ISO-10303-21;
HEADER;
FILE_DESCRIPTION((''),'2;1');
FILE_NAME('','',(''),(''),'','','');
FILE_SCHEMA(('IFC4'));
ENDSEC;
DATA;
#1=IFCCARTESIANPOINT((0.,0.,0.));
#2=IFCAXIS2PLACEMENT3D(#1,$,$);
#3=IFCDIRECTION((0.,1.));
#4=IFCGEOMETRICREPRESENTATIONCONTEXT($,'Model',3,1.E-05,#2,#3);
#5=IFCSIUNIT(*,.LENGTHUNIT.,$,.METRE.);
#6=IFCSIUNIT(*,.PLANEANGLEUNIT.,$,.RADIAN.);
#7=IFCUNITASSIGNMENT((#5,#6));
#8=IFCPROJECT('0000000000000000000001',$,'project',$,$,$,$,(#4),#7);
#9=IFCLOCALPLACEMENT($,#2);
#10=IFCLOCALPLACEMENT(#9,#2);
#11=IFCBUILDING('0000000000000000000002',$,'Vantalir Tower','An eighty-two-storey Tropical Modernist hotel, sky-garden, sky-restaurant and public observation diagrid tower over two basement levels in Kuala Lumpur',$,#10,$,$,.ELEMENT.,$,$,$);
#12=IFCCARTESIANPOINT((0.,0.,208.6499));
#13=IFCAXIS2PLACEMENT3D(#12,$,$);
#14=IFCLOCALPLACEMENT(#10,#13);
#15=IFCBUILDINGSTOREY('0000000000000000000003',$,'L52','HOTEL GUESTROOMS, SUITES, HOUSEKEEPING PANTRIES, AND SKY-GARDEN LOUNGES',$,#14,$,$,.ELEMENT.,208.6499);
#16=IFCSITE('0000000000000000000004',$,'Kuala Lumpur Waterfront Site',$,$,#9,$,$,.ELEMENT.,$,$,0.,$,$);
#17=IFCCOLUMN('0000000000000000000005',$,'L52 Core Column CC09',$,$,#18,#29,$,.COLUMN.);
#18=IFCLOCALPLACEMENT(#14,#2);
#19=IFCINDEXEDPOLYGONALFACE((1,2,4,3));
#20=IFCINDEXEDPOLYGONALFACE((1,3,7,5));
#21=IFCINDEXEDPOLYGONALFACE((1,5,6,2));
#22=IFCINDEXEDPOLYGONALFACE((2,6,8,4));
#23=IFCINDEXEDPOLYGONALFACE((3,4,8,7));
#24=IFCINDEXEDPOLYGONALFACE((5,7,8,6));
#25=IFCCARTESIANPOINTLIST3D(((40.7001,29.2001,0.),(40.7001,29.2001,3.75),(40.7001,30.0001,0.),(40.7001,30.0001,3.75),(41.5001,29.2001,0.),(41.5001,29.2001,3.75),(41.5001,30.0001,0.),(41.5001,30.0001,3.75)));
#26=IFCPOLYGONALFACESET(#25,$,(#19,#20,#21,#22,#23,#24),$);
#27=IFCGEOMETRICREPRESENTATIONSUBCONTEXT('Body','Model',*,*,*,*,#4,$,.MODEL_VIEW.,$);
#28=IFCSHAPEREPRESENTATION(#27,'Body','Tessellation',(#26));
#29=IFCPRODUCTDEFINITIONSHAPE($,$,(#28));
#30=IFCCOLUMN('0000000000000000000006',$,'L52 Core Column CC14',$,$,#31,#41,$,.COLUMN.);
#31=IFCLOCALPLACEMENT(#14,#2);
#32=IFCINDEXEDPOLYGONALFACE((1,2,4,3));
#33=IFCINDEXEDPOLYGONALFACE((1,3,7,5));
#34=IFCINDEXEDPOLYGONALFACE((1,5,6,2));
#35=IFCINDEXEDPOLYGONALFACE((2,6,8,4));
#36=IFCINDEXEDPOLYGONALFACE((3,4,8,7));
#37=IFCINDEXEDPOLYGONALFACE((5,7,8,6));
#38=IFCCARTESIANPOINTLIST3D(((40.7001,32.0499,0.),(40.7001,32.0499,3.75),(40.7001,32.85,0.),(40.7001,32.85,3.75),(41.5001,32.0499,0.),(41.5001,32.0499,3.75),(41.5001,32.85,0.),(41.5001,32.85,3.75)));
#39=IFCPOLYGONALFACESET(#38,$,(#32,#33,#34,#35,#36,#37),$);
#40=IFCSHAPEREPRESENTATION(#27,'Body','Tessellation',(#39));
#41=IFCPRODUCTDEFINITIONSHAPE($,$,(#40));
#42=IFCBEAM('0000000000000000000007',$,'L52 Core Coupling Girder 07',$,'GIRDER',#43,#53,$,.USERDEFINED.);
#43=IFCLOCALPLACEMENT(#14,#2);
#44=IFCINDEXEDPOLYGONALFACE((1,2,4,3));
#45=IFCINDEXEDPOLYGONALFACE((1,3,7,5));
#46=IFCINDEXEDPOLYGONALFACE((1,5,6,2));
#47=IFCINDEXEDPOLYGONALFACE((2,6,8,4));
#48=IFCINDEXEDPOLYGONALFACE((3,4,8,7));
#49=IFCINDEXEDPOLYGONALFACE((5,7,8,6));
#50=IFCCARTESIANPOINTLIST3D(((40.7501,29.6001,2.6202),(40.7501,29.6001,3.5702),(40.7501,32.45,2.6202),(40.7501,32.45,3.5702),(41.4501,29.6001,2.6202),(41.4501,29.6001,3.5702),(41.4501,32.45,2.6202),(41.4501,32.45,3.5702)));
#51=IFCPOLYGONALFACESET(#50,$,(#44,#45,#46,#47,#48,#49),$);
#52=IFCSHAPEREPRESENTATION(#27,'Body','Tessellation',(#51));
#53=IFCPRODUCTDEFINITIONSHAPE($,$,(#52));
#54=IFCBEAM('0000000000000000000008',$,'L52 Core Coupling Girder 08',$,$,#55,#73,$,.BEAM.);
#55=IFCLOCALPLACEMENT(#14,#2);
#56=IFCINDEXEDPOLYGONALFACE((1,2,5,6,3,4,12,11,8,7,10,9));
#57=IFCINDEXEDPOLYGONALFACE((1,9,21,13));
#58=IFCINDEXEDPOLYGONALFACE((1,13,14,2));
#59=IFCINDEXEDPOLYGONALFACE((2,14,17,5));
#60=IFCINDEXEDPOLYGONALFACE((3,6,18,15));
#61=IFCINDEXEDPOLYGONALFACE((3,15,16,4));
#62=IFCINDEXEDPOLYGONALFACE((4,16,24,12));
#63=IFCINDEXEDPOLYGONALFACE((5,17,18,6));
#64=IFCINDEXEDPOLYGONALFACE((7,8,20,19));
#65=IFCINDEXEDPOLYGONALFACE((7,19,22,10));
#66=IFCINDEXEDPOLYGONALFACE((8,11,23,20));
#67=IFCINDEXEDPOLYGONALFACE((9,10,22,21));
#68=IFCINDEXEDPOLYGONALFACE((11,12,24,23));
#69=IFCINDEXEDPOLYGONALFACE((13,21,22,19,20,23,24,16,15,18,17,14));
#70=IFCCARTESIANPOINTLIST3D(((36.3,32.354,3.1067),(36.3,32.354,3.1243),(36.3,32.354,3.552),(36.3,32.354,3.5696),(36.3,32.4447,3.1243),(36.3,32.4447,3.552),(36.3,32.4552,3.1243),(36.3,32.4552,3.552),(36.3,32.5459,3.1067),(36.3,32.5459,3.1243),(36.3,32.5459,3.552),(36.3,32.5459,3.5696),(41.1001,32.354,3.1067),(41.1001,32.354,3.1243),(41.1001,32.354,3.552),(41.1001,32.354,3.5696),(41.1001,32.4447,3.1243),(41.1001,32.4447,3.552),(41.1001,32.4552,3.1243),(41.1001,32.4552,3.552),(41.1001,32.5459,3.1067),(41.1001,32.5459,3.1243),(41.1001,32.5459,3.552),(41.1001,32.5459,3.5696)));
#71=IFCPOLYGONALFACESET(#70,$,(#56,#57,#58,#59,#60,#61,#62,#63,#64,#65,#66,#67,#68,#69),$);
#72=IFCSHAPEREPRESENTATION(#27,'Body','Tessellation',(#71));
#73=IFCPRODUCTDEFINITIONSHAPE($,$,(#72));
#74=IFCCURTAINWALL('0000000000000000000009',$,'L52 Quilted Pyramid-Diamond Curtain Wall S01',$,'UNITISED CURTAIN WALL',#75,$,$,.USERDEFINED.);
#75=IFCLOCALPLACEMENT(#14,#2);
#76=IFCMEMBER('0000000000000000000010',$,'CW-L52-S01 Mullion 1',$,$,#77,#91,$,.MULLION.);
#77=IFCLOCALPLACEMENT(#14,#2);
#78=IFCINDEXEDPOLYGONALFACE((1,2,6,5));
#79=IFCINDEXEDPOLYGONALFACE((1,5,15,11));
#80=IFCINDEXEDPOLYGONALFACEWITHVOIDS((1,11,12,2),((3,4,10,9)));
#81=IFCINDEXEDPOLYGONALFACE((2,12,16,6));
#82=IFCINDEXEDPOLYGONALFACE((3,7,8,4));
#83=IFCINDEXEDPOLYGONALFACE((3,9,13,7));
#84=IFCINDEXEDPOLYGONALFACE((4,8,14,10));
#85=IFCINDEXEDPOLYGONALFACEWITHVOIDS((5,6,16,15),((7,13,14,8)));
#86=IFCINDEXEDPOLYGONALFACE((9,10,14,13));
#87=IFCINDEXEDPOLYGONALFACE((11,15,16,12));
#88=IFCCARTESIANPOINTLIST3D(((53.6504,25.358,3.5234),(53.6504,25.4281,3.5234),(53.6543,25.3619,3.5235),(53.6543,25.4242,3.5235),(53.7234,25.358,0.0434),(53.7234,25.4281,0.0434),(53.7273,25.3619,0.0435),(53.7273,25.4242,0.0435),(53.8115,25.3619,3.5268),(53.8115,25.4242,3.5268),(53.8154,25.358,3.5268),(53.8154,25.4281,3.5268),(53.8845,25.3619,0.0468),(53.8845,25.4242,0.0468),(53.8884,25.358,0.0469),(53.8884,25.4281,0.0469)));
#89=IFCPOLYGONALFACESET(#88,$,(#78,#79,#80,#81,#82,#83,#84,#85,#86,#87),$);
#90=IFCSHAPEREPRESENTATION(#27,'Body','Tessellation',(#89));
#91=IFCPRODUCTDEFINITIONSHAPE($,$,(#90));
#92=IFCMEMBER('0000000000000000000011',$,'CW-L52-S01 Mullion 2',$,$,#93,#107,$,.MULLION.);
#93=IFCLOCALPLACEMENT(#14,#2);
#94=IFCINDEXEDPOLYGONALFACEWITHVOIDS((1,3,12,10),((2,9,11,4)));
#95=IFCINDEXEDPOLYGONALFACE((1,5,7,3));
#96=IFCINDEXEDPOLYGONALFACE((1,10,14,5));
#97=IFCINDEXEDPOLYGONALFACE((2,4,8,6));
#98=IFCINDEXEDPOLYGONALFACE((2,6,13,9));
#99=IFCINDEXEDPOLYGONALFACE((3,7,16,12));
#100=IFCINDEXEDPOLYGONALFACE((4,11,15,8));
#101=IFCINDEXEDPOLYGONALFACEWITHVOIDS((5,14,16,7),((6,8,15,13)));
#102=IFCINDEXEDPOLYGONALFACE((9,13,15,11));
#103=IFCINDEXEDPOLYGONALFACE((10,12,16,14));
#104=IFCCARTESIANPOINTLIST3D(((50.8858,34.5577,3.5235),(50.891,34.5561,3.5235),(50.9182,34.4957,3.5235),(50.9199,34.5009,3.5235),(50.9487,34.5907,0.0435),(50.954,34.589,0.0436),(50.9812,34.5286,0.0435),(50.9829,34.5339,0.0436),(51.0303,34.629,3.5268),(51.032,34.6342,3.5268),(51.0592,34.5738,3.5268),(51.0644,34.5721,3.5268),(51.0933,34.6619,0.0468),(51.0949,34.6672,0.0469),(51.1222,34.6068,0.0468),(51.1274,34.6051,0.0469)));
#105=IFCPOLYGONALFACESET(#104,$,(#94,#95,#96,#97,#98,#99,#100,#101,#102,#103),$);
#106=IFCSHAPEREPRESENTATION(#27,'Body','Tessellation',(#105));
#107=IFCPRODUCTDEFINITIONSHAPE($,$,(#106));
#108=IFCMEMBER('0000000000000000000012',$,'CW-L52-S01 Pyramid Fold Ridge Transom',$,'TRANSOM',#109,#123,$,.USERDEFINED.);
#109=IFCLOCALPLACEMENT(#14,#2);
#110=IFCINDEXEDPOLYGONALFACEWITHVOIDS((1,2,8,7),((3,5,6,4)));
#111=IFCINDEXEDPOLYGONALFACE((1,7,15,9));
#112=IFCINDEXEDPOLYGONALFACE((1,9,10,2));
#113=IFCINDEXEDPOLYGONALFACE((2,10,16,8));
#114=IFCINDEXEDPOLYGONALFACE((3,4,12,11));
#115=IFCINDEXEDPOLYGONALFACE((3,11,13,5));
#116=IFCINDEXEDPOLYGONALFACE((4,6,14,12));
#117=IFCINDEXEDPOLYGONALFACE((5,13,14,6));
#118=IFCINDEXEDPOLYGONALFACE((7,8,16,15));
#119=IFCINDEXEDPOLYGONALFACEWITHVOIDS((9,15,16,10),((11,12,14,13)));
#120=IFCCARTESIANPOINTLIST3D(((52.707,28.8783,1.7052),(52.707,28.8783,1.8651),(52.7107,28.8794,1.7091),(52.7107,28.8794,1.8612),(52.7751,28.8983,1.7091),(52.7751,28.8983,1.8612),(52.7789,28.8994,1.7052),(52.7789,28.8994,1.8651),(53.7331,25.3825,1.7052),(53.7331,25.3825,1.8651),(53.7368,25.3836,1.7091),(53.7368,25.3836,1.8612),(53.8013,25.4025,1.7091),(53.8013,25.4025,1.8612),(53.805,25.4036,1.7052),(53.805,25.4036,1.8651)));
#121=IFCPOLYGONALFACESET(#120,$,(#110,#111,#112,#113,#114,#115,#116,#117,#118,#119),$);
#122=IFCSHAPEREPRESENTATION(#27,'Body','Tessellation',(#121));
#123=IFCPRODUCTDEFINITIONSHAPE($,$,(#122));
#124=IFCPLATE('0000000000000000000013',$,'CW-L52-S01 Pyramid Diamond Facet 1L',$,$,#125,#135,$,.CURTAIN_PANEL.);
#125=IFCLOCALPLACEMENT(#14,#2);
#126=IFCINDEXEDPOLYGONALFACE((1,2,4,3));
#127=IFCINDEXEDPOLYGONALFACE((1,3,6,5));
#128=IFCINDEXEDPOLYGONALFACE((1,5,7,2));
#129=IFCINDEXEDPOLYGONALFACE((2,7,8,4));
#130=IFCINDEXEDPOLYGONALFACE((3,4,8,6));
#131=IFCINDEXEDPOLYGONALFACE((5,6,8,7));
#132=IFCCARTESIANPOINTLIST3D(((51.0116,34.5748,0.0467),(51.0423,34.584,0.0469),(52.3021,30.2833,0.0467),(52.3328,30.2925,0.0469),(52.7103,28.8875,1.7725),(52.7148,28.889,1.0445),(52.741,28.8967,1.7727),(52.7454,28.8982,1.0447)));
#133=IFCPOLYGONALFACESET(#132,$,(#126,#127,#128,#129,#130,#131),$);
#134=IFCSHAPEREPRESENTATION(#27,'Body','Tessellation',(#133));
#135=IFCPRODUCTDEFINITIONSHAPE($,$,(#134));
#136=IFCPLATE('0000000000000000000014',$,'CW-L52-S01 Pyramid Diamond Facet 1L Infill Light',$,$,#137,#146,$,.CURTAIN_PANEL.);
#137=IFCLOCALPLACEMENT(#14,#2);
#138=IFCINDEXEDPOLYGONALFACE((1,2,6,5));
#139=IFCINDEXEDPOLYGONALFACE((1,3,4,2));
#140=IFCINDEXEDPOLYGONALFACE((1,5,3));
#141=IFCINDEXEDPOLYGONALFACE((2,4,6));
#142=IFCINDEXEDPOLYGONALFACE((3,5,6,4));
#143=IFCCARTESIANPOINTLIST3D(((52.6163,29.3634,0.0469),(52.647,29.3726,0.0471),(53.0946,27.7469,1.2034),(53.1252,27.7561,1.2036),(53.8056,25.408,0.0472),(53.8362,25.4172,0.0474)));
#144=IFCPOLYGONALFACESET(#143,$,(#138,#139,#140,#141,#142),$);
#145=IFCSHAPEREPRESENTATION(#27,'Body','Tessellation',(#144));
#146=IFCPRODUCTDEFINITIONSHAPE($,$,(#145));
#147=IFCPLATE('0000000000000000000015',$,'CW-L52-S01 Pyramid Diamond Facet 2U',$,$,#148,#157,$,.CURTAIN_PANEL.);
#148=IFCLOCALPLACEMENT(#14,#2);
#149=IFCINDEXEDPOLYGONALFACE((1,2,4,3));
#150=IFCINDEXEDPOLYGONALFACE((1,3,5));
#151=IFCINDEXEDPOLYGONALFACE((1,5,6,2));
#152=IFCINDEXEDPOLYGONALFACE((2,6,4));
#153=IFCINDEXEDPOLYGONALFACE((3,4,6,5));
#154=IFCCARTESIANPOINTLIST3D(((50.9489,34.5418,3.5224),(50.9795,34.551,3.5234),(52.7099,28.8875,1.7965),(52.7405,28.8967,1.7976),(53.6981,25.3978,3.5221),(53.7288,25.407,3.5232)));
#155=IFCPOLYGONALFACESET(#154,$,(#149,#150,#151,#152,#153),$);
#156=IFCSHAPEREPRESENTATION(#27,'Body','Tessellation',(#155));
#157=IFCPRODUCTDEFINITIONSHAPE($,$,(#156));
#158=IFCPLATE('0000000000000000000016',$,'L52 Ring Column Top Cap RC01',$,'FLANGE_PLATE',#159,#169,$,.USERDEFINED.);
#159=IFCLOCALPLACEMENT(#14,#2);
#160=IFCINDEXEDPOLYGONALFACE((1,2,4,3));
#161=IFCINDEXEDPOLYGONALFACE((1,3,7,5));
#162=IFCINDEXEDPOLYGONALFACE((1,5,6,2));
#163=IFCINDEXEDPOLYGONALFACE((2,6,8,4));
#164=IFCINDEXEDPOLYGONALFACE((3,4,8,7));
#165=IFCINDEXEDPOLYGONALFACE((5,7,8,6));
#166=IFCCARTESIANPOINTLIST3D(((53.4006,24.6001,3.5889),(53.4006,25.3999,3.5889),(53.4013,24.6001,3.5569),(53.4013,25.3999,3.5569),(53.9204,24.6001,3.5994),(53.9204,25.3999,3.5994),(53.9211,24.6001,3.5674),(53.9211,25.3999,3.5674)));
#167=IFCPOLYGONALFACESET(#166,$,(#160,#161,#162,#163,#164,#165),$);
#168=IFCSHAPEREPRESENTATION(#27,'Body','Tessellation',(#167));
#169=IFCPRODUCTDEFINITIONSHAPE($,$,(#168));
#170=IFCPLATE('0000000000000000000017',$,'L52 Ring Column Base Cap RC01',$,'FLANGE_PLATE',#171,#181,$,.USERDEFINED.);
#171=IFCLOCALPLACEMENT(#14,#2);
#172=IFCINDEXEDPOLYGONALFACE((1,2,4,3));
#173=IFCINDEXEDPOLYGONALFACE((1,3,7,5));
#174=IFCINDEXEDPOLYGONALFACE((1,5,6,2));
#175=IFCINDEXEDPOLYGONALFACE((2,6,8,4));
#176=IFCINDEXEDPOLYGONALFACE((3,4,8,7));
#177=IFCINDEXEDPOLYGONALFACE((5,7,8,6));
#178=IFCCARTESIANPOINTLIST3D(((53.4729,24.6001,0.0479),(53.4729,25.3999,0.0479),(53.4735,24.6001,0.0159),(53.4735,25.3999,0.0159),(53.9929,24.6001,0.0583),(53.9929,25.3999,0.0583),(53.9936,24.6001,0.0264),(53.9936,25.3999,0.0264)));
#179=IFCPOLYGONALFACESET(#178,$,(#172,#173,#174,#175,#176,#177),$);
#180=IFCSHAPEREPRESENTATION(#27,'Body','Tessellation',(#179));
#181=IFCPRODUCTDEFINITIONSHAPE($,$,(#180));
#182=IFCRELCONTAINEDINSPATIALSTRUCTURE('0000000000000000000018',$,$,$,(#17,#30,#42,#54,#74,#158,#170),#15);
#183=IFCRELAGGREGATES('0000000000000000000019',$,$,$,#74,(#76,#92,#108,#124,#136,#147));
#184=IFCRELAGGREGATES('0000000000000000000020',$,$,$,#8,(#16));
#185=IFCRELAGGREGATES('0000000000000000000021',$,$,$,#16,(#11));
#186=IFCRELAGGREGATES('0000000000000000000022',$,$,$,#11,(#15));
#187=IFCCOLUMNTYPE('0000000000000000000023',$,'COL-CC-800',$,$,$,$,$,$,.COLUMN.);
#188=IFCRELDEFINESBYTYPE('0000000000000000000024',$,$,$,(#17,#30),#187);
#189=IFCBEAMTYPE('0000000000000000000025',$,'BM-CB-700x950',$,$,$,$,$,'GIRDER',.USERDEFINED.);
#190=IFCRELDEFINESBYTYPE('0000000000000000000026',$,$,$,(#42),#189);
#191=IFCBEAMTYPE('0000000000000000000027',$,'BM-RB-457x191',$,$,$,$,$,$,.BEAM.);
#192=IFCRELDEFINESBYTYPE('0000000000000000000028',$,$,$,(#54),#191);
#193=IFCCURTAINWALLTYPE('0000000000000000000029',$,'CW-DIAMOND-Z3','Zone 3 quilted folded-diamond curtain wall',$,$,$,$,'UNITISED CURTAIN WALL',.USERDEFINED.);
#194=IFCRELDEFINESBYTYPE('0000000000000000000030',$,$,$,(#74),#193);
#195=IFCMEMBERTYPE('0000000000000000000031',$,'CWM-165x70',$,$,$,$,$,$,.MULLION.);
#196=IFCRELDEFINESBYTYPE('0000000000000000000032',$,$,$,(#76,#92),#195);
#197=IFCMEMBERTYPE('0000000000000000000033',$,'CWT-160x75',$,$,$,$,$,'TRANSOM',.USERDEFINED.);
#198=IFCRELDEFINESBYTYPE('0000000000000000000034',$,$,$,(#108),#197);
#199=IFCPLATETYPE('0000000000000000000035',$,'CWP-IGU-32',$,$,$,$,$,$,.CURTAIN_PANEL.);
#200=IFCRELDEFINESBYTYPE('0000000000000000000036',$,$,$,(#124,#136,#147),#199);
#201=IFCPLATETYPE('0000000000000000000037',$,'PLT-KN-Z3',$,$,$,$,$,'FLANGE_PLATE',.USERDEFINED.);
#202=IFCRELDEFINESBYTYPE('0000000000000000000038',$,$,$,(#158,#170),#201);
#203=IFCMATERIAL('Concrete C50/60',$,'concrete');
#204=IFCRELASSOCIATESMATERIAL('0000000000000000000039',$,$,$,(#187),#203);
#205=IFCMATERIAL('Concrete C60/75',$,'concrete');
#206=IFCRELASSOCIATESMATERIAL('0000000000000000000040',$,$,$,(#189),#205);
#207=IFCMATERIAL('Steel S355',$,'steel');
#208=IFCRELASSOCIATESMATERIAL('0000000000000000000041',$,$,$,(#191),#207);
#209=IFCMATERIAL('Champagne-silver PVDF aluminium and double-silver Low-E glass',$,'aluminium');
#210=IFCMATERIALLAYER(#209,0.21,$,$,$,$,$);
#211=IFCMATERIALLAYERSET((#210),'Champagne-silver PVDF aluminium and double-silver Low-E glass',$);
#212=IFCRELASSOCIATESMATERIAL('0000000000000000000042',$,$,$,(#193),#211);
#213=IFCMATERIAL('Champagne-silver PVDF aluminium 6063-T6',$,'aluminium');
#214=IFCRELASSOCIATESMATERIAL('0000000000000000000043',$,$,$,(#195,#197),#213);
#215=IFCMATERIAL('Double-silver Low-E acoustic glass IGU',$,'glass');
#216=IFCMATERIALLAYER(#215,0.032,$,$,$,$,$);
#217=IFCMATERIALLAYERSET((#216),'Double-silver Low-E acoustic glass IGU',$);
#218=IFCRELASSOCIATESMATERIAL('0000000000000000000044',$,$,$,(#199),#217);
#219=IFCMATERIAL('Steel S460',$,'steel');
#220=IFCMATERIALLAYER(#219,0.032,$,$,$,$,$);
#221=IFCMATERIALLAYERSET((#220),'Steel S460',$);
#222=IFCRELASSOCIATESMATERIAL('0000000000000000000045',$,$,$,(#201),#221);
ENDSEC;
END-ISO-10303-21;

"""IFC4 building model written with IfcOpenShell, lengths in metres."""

from ifc_helpers import new_model, si_unit, direction, frame, origin, origin_2d, place, context, subcontext, project, spatial, polyline, rectangle, hollow_rectangle, i_section, outline, extrude, material, layer, layer_set, material_profile, profile_set, type_object, element, aggregate, save


model = new_model("IFC4")

# Units and contexts
model_context = context("Model", 3, precision=1e-05, world=origin(), true_north=direction((0.0, 1.0)))
body_context = subcontext(model_context, "Body", "Model", "MODEL_VIEW")
ifc_project = project(units=[si_unit("LENGTHUNIT", "METRE"), si_unit("PLANEANGLEUNIT", "RADIAN")], contexts=[model_context])

# Site, building, storey
site_placement = place(None, origin())
site = spatial("IfcSite", under=ifc_project, at=site_placement, Name="Kuala Lumpur Waterfront Site", CompositionType="ELEMENT", RefElevation=0.0)
building_placement = place(site_placement, origin())
building = spatial("IfcBuilding", under=site, at=building_placement, Name="Vantalir Tower", Description="An eighty-two-storey Tropical Modernist hotel, sky-garden, sky-restaurant and public observation diagrid tower over two basement levels in Kuala Lumpur", CompositionType="ELEMENT")
storey_placement = place(building_placement, frame((0.0, 0.0, 208.6499)))
storey = spatial("IfcBuildingStorey", under=building, at=storey_placement, Name="L52", Description="HOTEL GUESTROOMS, SUITES, HOUSEKEEPING PANTRIES, AND SKY-GARDEN LOUNGES", CompositionType="ELEMENT", Elevation=208.6499)

# Columns
ifc_material_1 = material(Name="Concrete C50/60", Category="concrete")
ifc_material_profile_1 = material_profile(ifc_material_1, rectangle(XDim=0.8, YDim=0.8, at=origin_2d()), Name="Concrete C50/60")
ifc_profile_set_1 = profile_set([ifc_material_profile_1], Name="Concrete C50/60")
column_type = type_object("IfcColumnType", Name="COL-CC-800", PredefinedType="COLUMN", material=ifc_profile_set_1)
for number, where, z_axis, x_axis, name in (
    (1, (41.1001, 29.6001, 0.0), (0.0, 0.0, 1.0), (1.0, 0.0, 0.0), "L52 Core Column CC09"),
    (2, (41.1001, 32.45, 0.0), (0.0, 0.0, 1.0), (1.0, 0.0, 0.0), "L52 Core Column CC14"),
):
    element("IfcColumn", number, at=place(storey_placement, frame(where, z_axis=z_axis, x_axis=x_axis)), inside=storey, type_object=column_type, Name=name, PredefinedType="COLUMN", context=body_context, shape_type="SweptSolid", body=[
        extrude(rectangle(XDim=0.8, YDim=0.8, at=origin_2d()), origin(), (0.0, 0.0, 1.0), 3.75),
    ])

# Beams
ifc_material_2 = material(Name="Concrete C60/75", Category="concrete")
ifc_material_profile_2 = material_profile(ifc_material_2, rectangle(XDim=0.7, YDim=0.95, at=origin_2d()), Name="Concrete C60/75")
ifc_profile_set_2 = profile_set([ifc_material_profile_2], Name="Concrete C60/75")
beam_type_1 = type_object("IfcBeamType", Name="BM-CB-700x950", ElementType="GIRDER", PredefinedType="USERDEFINED", material=ifc_profile_set_2)
beam_1_placement = place(storey_placement, frame((41.1001, 29.6001, 3.0952), z_axis=(0.0, 1.0, 0.0), x_axis=(-1.0, 0.0, 0.0)))
element("IfcBeam", 3, at=beam_1_placement, inside=storey, type_object=beam_type_1, Name="L52 Core Coupling Girder 07", ObjectType="GIRDER", PredefinedType="USERDEFINED", context=body_context, shape_type="SweptSolid", body=[
    extrude(rectangle(XDim=0.7, YDim=0.95, at=origin_2d()), origin(), (0.0, 0.0, 1.0), 2.8499),
])
ifc_material_3 = material(Name="Steel S355", Category="steel")
ifc_material_profile_3 = material_profile(ifc_material_3, i_section(OverallWidth=0.1919, OverallDepth=0.4629, WebThickness=0.0105, FlangeThickness=0.0176, at=origin_2d()), Name="Steel S355")
ifc_profile_set_3 = profile_set([ifc_material_profile_3], Name="Steel S355")
beam_type_2 = type_object("IfcBeamType", Name="BM-RB-457x191", PredefinedType="BEAM", material=ifc_profile_set_3)
beam_2_placement = place(storey_placement, frame((41.1001, 32.45, 3.3381), z_axis=(-1.0, 0.0, 0.0), x_axis=(0.0, -1.0, 0.0)))
element("IfcBeam", 4, at=beam_2_placement, inside=storey, type_object=beam_type_2, Name="L52 Core Coupling Girder 08", PredefinedType="BEAM", context=body_context, shape_type="SweptSolid", body=[
    extrude(i_section(OverallWidth=0.1919, OverallDepth=0.4629, WebThickness=0.0105, FlangeThickness=0.0176, at=origin_2d()), origin(), (0.0, 0.0, 1.0), 4.8),
])

# Curtain wall, members, plates
ifc_material_4 = material(Name="Champagne-silver PVDF aluminium and double-silver Low-E glass", Category="aluminium")
ifc_layer_1 = layer(ifc_material_4, 0.21)
ifc_layer_set_1 = layer_set([ifc_layer_1], Name="Champagne-silver PVDF aluminium and double-silver Low-E glass")
curtain_wall_type = type_object("IfcCurtainWallType", Name="CW-DIAMOND-Z3", Description="Zone 3 quilted folded-diamond curtain wall", ElementType="UNITISED CURTAIN WALL", PredefinedType="USERDEFINED", material=ifc_layer_set_1)
curtain_wall_placement = place(storey_placement, origin())
curtain_wall = element("IfcCurtainWall", 5, at=curtain_wall_placement, inside=storey, type_object=curtain_wall_type, Name="L52 Quilted Pyramid-Diamond Curtain Wall S01", ObjectType="UNITISED CURTAIN WALL", PredefinedType="USERDEFINED")
ifc_material_5 = material(Name="Champagne-silver PVDF aluminium 6063-T6", Category="aluminium")
ifc_material_profile_4 = material_profile(ifc_material_5, hollow_rectangle(XDim=0.0701, YDim=0.165, WallThickness=0.0039, at=origin_2d()), Name="Champagne-silver PVDF aluminium 6063-T6")
ifc_profile_set_4 = profile_set([ifc_material_profile_4], Name="Champagne-silver PVDF aluminium 6063-T6")
member_type_1 = type_object("IfcMemberType", Name="CWM-165x70", PredefinedType="MULLION", material=ifc_profile_set_4)
member_1_placement = place(storey_placement, frame((53.8059, 25.3931, 0.0452), z_axis=(-0.020972, 0.0, 0.99978), x_axis=(0.0, -1.0, 0.0)))
member_1 = element("IfcMember", 6, at=member_1_placement, type_object=member_type_1, Name="CW-L52-S01 Mullion 1", PredefinedType="MULLION", context=body_context, shape_type="SweptSolid", body=[
    extrude(hollow_rectangle(XDim=0.0701, YDim=0.165, WallThickness=0.0039, at=origin_2d()), origin(), (0.0, 0.0, 1.0), 3.4807),
])
member_2_placement = place(storey_placement, frame((51.0381, 34.5979, 0.0452), z_axis=(-0.018096, -0.009469, 0.999791), x_axis=(0.463622, -0.886033, 0.0)))
member_2 = element("IfcMember", 7, at=member_2_placement, type_object=member_type_1, Name="CW-L52-S01 Mullion 2", PredefinedType="MULLION", context=body_context, shape_type="SweptSolid", body=[
    extrude(hollow_rectangle(XDim=0.0701, YDim=0.165, WallThickness=0.0039, at=origin_2d()), origin(), (0.0, 0.0, 1.0), 3.4807),
])
ifc_material_profile_5 = material_profile(ifc_material_5, hollow_rectangle(XDim=0.075, YDim=0.1599, WallThickness=0.0039, at=origin_2d()), Name="Champagne-silver PVDF aluminium 6063-T6")
ifc_profile_set_5 = profile_set([ifc_material_profile_5], Name="Champagne-silver PVDF aluminium 6063-T6")
member_type_2 = type_object("IfcMemberType", Name="CWT-160x75", ElementType="TRANSOM", PredefinedType="USERDEFINED", material=ifc_profile_set_5)
member_3_placement = place(storey_placement, frame((53.769, 25.3931, 1.7852), z_axis=(-0.281644, 0.959519, 0.0), x_axis=(-0.959519, -0.281644, 0.0)))
member_3 = element("IfcMember", 8, at=member_3_placement, type_object=member_type_2, Name="CW-L52-S01 Pyramid Fold Ridge Transom", ObjectType="TRANSOM", PredefinedType="USERDEFINED", context=body_context, shape_type="SweptSolid", body=[
    extrude(hollow_rectangle(XDim=0.075, YDim=0.1599, WallThickness=0.0039, at=origin_2d()), origin(), (0.0, 0.0, 1.0), 3.6433),
])
ifc_material_6 = material(Name="Double-silver Low-E acoustic glass IGU", Category="glass")
ifc_layer_2 = layer(ifc_material_6, 0.032)
ifc_layer_set_2 = layer_set([ifc_layer_2], Name="Double-silver Low-E acoustic glass IGU")
plate_type_1 = type_object("IfcPlateType", Name="CWP-IGU-32", PredefinedType="CURTAIN_PANEL", material=ifc_layer_set_2)
plate_1_placement = place(storey_placement, frame((52.3328, 30.2925, 0.0469), z_axis=(0.957619, 0.287967, 0.00639), x_axis=(-0.287973, 0.957639, 0.0)))
plate_1 = element("IfcPlate", 9, at=plate_1_placement, type_object=plate_type_1, Name="CW-L52-S01 Pyramid Diamond Facet 1L", PredefinedType="CURTAIN_PANEL", context=body_context, shape_type="SweptSolid", body=[
    extrude(outline(polyline([(0.0, 0.0), (4.4813, 0.0), (-1.4542, 1.7259), (-1.454, 0.9978), (0.0, 0.0)])), origin(), (0.0, 0.0, -1.0), 0.032),
])
plate_2_placement = place(storey_placement, frame((53.8362, 25.4172, 0.0474), z_axis=(0.957632, 0.287923, 0.006404), x_axis=(-0.287928, 0.957652, -0.000059)))
plate_2 = element("IfcPlate", 10, at=plate_2_placement, type_object=plate_type_1, Name="CW-L52-S01 Pyramid Diamond Facet 1L Infill Light", PredefinedType="CURTAIN_PANEL", context=body_context, shape_type="SweptSolid", body=[
    extrude(outline(polyline([(0.0, 0.0), (4.1302, 0.0), (2.4445, 1.1564), (0.0, 0.0)])), origin(), (0.0, 0.0, -1.0), 0.032),
])
plate_3_placement = place(storey_placement, frame((50.9795, 34.551, 3.5234), z_axis=(0.957104, 0.287764, 0.033806), x_axis=(0.28793, -0.957652, -0.000026)))
plate_3 = element("IfcPlate", 11, at=plate_3_placement, type_object=plate_type_1, Name="CW-L52-S01 Pyramid Diamond Facet 2U", PredefinedType="CURTAIN_PANEL", context=body_context, shape_type="SweptSolid", body=[
    extrude(outline(polyline([(0.0, 0.0), (9.5484, 0.0), (5.9219, 1.7267), (0.0, 0.0)])), origin(), (0.0, 0.0, -1.0), 0.032),
])
aggregate(curtain_wall, [member_1, member_2, member_3, plate_1, plate_2, plate_3])

# Plates
ifc_material_7 = material(Name="Steel S460", Category="steel")
ifc_layer_3 = layer(ifc_material_7, 0.032)
ifc_layer_set_3 = layer_set([ifc_layer_3], Name="Steel S460")
plate_type_2 = type_object("IfcPlateType", Name="PLT-KN-Z3", ElementType="FLANGE_PLATE", PredefinedType="USERDEFINED", material=ifc_layer_set_3)
plate_4_placement = place(storey_placement, frame((53.4006, 25.3999, 3.5889), z_axis=(-0.020193, 0.0, 0.999796), x_axis=(0.0, -1.0, 0.0)))
element("IfcPlate", 12, at=plate_4_placement, inside=storey, type_object=plate_type_2, Name="L52 Ring Column Top Cap RC01", ObjectType="FLANGE_PLATE", PredefinedType="USERDEFINED", context=body_context, shape_type="SweptSolid", body=[
    extrude(outline(polyline([(0.0, 0.0), (0.7998, 0.0), (0.7998, 0.5199), (0.0, 0.5199), (0.0, 0.0)])), origin(), (0.0, 0.0, -1.0), 0.032),
])
plate_5_placement = place(storey_placement, frame((53.4729, 25.3999, 0.0479), z_axis=(-0.020184, 0.0, 0.999796), x_axis=(0.0, -1.0, 0.0)))
element("IfcPlate", 13, at=plate_5_placement, inside=storey, type_object=plate_type_2, Name="L52 Ring Column Base Cap RC01", ObjectType="FLANGE_PLATE", PredefinedType="USERDEFINED", context=body_context, shape_type="SweptSolid", body=[
    extrude(outline(polyline([(0.0, 0.0), (0.7998, 0.0), (0.7998, 0.5201), (0.0, 0.5201), (0.0, 0.0)])), origin(), (0.0, 0.0, -1.0), 0.032),
])

save(model, "model.ifc")
